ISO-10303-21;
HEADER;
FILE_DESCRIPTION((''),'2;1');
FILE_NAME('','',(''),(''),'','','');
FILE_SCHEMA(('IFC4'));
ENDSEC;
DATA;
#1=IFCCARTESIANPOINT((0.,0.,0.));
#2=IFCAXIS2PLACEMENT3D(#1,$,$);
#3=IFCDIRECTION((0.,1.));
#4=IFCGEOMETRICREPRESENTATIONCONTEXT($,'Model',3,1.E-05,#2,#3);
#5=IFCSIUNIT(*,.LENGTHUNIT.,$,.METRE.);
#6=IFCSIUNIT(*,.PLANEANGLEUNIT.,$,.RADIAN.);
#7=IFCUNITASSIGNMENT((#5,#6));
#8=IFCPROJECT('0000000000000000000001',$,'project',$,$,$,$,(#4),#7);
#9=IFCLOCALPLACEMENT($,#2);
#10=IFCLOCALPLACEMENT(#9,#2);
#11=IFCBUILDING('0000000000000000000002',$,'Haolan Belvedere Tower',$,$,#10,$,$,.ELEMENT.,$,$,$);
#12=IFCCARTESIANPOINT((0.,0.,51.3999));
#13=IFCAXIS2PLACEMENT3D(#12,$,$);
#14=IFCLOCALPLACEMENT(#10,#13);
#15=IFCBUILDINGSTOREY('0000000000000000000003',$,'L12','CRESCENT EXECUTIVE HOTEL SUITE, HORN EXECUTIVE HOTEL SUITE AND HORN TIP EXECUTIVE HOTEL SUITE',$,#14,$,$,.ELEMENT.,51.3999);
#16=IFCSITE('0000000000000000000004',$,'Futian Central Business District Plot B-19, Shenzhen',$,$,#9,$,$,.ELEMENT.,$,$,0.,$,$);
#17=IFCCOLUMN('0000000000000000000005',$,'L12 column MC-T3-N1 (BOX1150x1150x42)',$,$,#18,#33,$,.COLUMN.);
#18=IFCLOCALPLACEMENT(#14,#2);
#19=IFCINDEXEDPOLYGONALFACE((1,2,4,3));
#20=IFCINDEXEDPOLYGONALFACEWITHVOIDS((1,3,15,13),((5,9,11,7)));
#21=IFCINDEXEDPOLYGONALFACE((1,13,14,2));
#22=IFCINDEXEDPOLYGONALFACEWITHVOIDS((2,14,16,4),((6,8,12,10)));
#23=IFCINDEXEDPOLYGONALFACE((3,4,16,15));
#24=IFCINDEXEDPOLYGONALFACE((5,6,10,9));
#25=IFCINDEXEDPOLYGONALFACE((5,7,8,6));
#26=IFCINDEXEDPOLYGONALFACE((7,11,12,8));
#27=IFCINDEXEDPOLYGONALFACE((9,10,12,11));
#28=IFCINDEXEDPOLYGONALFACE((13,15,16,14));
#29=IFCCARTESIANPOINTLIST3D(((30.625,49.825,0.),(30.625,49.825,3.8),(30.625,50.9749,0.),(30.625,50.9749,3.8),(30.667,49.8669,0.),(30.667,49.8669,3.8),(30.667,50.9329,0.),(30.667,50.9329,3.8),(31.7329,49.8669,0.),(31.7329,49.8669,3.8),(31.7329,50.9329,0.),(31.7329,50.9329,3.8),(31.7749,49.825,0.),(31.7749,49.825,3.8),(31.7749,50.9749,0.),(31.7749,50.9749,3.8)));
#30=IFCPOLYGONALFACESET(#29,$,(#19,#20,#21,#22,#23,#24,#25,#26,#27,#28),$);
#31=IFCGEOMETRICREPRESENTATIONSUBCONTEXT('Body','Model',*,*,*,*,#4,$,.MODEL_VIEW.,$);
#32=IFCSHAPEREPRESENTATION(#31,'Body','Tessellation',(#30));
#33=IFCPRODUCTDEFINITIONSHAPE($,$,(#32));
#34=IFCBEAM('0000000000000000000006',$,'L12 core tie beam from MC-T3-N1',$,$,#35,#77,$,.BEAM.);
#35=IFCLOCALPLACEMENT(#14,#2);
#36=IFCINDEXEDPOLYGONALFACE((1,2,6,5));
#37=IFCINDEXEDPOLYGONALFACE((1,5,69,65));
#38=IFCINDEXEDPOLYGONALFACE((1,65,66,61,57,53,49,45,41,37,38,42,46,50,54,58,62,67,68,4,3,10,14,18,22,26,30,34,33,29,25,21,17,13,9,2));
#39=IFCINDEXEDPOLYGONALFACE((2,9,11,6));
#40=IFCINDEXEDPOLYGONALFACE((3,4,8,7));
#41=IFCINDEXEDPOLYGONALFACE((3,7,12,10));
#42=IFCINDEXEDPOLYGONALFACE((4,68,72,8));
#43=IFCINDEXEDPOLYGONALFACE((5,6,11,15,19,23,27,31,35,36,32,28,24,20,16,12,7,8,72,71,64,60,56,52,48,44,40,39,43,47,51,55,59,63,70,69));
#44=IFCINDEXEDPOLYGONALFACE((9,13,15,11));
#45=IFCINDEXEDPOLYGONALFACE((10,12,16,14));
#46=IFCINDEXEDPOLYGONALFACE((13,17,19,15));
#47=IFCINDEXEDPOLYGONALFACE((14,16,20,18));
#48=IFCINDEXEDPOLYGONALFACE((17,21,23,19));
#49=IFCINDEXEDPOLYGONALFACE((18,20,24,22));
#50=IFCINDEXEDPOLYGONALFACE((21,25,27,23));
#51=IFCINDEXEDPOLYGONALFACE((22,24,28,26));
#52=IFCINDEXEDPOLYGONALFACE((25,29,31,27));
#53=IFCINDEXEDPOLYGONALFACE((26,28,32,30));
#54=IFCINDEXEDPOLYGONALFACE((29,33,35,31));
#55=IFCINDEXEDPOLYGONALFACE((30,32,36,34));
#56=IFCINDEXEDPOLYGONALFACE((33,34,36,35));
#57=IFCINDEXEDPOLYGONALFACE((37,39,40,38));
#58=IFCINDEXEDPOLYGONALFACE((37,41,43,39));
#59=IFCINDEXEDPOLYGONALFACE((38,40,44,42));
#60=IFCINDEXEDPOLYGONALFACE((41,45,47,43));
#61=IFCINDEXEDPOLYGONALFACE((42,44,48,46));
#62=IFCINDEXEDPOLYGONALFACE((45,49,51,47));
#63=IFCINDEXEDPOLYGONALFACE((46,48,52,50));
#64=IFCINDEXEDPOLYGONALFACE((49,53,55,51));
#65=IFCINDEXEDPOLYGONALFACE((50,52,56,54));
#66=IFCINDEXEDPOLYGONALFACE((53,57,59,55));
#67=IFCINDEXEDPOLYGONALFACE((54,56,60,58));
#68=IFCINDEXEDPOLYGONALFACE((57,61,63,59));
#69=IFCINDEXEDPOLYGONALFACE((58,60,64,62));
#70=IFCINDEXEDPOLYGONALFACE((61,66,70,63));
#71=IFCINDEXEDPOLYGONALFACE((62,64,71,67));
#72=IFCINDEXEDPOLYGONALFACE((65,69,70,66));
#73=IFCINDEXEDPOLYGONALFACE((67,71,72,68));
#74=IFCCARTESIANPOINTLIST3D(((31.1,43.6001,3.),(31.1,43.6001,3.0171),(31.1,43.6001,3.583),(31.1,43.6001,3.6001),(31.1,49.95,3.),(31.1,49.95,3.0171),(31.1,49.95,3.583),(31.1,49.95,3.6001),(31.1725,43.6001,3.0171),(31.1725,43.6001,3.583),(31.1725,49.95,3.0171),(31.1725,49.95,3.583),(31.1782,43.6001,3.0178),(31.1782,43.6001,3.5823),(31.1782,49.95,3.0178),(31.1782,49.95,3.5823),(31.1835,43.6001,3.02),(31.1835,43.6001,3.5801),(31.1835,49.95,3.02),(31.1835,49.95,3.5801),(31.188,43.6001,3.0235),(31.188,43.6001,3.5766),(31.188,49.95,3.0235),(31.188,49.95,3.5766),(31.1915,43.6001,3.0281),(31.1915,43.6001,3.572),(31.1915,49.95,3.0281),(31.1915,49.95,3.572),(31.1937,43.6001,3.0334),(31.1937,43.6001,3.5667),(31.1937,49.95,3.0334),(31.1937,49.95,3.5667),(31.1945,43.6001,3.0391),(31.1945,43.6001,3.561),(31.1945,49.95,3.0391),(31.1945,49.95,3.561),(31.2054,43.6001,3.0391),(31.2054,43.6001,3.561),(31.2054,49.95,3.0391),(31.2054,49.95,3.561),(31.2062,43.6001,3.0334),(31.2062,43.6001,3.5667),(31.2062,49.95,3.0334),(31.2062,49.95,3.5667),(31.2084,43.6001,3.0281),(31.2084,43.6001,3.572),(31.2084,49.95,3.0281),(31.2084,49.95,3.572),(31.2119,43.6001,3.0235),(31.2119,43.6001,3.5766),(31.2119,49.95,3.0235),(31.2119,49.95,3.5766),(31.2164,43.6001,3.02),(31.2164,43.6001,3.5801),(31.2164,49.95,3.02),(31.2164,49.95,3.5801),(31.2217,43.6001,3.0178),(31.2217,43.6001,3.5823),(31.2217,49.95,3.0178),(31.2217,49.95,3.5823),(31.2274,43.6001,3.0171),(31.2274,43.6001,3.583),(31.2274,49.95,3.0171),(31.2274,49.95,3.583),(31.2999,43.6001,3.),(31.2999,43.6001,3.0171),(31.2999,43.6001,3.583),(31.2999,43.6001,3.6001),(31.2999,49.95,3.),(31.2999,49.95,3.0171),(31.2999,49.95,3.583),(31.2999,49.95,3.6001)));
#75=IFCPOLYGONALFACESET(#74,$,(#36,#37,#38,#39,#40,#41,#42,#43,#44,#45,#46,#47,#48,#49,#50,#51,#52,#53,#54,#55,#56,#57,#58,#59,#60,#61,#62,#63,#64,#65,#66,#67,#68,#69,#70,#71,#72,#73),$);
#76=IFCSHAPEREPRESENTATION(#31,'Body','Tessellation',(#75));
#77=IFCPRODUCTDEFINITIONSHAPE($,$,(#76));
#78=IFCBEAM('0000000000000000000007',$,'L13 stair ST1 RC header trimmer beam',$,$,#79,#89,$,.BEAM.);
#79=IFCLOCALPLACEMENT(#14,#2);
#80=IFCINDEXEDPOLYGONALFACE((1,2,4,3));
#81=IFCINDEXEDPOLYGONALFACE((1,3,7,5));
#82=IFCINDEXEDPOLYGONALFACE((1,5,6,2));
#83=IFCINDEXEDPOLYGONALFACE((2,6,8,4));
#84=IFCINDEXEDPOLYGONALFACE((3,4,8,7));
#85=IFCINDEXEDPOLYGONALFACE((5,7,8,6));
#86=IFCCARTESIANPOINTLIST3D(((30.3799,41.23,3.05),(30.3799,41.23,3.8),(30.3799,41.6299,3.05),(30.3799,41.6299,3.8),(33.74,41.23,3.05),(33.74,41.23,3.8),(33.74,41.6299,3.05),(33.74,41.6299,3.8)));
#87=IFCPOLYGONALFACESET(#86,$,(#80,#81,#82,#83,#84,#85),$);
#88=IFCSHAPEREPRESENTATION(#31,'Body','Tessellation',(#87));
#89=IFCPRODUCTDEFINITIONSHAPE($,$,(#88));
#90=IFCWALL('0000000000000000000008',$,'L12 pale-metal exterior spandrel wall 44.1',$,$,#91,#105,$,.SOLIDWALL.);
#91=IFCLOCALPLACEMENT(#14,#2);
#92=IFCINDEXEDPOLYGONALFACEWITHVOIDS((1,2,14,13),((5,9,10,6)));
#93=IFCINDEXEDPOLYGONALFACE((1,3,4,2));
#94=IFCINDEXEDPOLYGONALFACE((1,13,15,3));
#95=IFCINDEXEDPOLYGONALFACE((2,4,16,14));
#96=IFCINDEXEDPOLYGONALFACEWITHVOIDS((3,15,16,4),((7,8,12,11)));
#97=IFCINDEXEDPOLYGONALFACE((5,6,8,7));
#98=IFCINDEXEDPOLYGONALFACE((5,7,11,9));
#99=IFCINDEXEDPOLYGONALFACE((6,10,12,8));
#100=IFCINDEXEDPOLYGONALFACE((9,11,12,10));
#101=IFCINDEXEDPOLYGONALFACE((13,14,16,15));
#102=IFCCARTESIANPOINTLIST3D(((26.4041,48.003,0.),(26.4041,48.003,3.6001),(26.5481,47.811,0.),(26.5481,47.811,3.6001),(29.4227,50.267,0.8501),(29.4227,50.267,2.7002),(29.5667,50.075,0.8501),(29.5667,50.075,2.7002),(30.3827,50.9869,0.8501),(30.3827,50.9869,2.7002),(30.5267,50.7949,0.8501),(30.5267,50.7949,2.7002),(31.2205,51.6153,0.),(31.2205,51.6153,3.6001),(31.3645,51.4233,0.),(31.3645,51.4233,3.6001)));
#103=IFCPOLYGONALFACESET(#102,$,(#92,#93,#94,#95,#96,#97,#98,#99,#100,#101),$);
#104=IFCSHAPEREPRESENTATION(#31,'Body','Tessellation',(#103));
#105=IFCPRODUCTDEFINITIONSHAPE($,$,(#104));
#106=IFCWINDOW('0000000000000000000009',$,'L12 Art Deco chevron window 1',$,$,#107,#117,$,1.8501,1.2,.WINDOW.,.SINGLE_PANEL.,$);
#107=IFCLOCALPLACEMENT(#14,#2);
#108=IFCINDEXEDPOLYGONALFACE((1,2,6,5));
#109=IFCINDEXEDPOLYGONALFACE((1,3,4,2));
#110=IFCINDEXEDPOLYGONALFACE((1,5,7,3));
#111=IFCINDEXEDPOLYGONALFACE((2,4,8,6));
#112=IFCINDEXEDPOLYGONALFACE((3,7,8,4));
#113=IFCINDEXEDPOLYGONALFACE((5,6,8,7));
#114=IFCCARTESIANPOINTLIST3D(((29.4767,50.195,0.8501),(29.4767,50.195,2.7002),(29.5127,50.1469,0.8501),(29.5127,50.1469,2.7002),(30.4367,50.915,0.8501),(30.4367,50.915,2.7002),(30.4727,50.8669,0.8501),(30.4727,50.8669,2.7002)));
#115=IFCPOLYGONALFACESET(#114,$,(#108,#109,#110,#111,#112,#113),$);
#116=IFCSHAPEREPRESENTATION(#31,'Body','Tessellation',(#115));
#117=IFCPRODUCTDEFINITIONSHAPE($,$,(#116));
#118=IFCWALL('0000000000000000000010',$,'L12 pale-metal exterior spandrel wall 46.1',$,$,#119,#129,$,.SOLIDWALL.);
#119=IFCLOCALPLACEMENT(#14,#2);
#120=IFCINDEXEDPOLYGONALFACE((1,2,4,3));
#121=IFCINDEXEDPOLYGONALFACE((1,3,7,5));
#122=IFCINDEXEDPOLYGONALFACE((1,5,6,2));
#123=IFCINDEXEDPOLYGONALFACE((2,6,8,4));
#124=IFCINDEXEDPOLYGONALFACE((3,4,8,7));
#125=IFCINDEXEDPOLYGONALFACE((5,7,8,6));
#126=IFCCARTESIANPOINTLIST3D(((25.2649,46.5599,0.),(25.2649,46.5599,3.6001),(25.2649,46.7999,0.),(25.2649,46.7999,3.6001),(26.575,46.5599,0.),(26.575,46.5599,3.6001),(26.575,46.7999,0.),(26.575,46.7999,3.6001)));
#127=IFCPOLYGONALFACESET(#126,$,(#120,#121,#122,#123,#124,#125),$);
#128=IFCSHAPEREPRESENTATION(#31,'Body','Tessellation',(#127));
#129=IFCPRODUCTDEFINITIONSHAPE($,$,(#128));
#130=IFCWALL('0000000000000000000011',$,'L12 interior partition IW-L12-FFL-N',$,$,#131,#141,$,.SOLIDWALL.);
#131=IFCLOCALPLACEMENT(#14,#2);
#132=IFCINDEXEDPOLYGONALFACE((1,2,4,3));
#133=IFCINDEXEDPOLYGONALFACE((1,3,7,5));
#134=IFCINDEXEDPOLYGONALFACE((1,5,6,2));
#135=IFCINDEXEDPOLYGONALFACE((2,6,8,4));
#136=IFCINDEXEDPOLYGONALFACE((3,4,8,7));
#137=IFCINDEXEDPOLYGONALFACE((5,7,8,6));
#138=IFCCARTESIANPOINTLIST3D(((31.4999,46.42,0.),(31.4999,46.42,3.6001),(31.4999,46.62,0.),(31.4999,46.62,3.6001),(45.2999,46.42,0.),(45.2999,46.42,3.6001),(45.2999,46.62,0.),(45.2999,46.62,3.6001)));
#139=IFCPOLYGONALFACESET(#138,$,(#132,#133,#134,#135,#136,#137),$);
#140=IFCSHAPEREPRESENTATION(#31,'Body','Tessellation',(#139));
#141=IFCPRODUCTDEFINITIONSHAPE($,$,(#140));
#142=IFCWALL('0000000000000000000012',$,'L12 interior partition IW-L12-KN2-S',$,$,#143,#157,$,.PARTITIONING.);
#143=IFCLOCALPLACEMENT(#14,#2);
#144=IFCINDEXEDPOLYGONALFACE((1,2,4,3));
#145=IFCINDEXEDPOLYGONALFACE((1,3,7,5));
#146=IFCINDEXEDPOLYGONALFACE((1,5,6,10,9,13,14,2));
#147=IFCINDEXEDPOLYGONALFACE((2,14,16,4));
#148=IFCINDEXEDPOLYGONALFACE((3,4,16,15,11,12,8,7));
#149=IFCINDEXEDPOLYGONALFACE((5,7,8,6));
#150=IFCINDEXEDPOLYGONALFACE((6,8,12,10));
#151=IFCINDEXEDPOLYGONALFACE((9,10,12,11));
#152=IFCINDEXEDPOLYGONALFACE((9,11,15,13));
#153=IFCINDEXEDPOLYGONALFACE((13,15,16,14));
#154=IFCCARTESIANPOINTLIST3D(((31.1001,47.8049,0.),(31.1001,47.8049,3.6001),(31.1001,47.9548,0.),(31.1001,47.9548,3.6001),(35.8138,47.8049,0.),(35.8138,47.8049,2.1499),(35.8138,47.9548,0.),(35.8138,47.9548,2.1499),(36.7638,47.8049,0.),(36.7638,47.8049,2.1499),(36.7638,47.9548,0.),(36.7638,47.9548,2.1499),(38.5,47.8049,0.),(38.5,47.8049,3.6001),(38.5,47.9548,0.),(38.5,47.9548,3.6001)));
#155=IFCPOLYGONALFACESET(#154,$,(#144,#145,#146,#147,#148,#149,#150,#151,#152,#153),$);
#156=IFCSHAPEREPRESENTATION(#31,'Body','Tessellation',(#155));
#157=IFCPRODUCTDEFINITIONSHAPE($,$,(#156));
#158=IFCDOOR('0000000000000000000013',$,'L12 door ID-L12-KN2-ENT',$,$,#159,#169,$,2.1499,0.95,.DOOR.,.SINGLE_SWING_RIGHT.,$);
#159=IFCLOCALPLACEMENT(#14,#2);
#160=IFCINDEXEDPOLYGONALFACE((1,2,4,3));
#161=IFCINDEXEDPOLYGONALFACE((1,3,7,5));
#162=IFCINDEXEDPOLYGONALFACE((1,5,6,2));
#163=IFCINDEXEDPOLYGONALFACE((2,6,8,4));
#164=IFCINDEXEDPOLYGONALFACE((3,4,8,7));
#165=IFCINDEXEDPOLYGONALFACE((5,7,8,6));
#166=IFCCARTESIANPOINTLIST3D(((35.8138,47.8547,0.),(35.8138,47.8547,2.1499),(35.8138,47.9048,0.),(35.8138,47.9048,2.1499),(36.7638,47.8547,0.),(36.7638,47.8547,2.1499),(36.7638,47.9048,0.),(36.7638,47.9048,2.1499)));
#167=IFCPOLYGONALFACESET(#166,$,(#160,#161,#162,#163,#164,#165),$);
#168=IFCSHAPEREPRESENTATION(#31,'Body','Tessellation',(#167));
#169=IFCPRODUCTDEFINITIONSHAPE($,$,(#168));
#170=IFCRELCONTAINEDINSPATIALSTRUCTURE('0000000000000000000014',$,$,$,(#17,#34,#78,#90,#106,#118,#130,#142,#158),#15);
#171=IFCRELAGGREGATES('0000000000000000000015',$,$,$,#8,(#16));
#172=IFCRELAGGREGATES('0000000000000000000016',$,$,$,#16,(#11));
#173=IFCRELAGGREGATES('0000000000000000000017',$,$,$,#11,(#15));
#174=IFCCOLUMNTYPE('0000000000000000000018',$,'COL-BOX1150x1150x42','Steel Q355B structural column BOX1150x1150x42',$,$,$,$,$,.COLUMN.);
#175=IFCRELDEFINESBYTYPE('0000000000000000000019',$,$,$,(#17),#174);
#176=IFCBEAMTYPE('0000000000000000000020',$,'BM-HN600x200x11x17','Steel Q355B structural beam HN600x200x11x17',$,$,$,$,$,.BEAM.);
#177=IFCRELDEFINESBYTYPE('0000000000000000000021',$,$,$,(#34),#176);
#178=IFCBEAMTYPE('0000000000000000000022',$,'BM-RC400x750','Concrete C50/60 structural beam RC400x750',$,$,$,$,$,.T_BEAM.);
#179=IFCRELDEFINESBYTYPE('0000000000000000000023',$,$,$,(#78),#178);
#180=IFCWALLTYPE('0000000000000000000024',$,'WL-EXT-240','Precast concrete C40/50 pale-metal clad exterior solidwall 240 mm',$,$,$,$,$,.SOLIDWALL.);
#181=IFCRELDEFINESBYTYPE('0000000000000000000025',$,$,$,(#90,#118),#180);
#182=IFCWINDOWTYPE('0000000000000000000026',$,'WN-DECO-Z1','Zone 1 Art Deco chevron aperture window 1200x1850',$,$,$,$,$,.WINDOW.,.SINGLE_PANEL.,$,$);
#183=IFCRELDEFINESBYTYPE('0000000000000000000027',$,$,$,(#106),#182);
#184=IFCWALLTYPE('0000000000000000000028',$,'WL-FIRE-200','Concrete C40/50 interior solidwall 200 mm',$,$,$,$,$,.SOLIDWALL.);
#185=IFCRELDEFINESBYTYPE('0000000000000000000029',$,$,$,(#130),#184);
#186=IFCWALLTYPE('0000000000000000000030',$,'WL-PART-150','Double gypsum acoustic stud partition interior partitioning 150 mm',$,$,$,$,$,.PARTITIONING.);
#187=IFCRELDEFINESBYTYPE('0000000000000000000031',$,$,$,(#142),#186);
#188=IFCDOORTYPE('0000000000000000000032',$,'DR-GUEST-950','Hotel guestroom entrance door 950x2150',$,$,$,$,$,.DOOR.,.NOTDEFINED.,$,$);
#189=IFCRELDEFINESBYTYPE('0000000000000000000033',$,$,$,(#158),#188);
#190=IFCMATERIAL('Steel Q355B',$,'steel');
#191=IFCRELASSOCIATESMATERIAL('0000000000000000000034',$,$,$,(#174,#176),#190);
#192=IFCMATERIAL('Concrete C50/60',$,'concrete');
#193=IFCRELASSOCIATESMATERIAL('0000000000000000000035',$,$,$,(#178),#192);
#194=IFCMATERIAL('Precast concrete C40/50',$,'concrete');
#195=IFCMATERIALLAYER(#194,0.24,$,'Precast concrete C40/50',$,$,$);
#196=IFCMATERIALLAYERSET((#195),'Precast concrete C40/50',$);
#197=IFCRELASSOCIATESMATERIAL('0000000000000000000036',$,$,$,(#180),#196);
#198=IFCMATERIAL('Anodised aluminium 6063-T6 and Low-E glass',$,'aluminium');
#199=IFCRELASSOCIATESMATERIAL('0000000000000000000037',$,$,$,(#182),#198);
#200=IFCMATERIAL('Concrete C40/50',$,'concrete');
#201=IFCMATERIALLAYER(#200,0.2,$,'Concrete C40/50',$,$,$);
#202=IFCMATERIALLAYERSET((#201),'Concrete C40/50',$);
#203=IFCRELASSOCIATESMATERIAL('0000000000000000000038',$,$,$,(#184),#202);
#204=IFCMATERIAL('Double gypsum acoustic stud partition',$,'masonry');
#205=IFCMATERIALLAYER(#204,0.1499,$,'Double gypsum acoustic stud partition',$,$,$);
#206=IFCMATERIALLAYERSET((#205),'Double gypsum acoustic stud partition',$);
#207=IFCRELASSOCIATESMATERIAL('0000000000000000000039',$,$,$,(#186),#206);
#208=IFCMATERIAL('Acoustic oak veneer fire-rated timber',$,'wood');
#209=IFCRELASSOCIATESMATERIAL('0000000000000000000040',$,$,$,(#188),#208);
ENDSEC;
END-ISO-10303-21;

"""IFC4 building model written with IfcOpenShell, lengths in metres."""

from ifc_helpers import new_model, si_unit, direction, frame, frame_2d, origin, origin_2d, place, context, subcontext, project, spatial, rectangle, hollow_rectangle, i_section, extrude, material, layer, layer_set, material_profile, profile_set, type_object, element, fill, save


model = new_model("IFC4")

# Units and contexts
model_context = context("Model", 3, precision=1e-05, world=origin(), true_north=direction((0.0, 1.0)))
body_context = subcontext(model_context, "Body", "Model", "MODEL_VIEW")
ifc_project = project(units=[si_unit("LENGTHUNIT", "METRE"), si_unit("PLANEANGLEUNIT", "RADIAN")], contexts=[model_context])

# Site, building, storey
site_placement = place(None, origin())
site = spatial("IfcSite", under=ifc_project, at=site_placement, Name="Futian Central Business District Plot B-19, Shenzhen", CompositionType="ELEMENT", RefElevation=0.0)
building_placement = place(site_placement, origin())
building = spatial("IfcBuilding", under=site, at=building_placement, Name="Haolan Belvedere Tower", CompositionType="ELEMENT")
storey_placement = place(building_placement, frame((0.0, 0.0, 51.3999)))
storey = spatial("IfcBuildingStorey", under=building, at=storey_placement, Name="L12", Description="CRESCENT EXECUTIVE HOTEL SUITE, HORN EXECUTIVE HOTEL SUITE AND HORN TIP EXECUTIVE HOTEL SUITE", CompositionType="ELEMENT", Elevation=51.3999)

# Column
ifc_material_1 = material(Name="Steel Q355B", Category="steel")
ifc_material_profile_1 = material_profile(ifc_material_1, hollow_rectangle(XDim=1.1499, YDim=1.1499, WallThickness=0.042, at=origin_2d()), Name="Steel Q355B")
ifc_profile_set_1 = profile_set([ifc_material_profile_1], Name="Steel Q355B")
column_type = type_object("IfcColumnType", Name="COL-BOX1150x1150x42", Description="Steel Q355B structural column BOX1150x1150x42", PredefinedType="COLUMN", material=ifc_profile_set_1)
column_placement = place(storey_placement, frame((31.2, 50.3999, 0.0), z_axis=(0.0, 0.0, 1.0), x_axis=(1.0, 0.0, 0.0)))
element("IfcColumn", 1, at=column_placement, inside=storey, type_object=column_type, Name="L12 column MC-T3-N1 (BOX1150x1150x42)", PredefinedType="COLUMN", context=body_context, shape_type="SweptSolid", body=[
    extrude(hollow_rectangle(XDim=1.1499, YDim=1.1499, WallThickness=0.042, at=origin_2d()), origin(), (0.0, 0.0, 1.0), 3.8),
])

# Beams
ifc_material_profile_2 = material_profile(ifc_material_1, i_section(OverallWidth=0.2, OverallDepth=0.6001, WebThickness=0.011, FlangeThickness=0.0171, FilletRadius=0.022, at=origin_2d()), Name="Steel Q355B")
ifc_profile_set_2 = profile_set([ifc_material_profile_2], Name="Steel Q355B")
beam_type_1 = type_object("IfcBeamType", Name="BM-HN600x200x11x17", Description="Steel Q355B structural beam HN600x200x11x17", PredefinedType="BEAM", material=ifc_profile_set_2)
beam_1_placement = place(storey_placement, frame((31.2, 49.95, 3.3), z_axis=(0.0, -1.0, 0.0), x_axis=(1.0, 0.0, 0.0)))
element("IfcBeam", 2, at=beam_1_placement, inside=storey, type_object=beam_type_1, Name="L12 core tie beam from MC-T3-N1", PredefinedType="BEAM", context=body_context, shape_type="SweptSolid", body=[
    extrude(i_section(OverallWidth=0.2, OverallDepth=0.6001, WebThickness=0.011, FlangeThickness=0.0171, FilletRadius=0.022, at=origin_2d()), origin(), (0.0, 0.0, 1.0), 6.3499),
])
ifc_material_2 = material(Name="Concrete C50/60", Category="concrete")
ifc_material_profile_3 = material_profile(ifc_material_2, rectangle(XDim=0.3999, YDim=0.75, at=origin_2d()), Name="Concrete C50/60")
ifc_profile_set_3 = profile_set([ifc_material_profile_3], Name="Concrete C50/60")
beam_type_2 = type_object("IfcBeamType", Name="BM-RC400x750", Description="Concrete C50/60 structural beam RC400x750", PredefinedType="T_BEAM", material=ifc_profile_set_3)
beam_2_placement = place(storey_placement, frame((30.3799, 41.4299, 3.425), z_axis=(1.0, 0.0, 0.0), x_axis=(0.0, 1.0, 0.0)))
element("IfcBeam", 3, at=beam_2_placement, inside=storey, type_object=beam_type_2, Name="L13 stair ST1 RC header trimmer beam", PredefinedType="BEAM", context=body_context, shape_type="SweptSolid", body=[
    extrude(rectangle(XDim=0.3999, YDim=0.75, at=origin_2d()), origin(), (0.0, 0.0, 1.0), 3.3601),
])

# Wall, opening, window
ifc_material_3 = material(Name="Precast concrete C40/50", Category="concrete")
ifc_layer_1 = layer(ifc_material_3, 0.24, Name="Precast concrete C40/50")
ifc_layer_set_1 = layer_set([ifc_layer_1], Name="Precast concrete C40/50")
wall_type_1 = type_object("IfcWallType", Name="WL-EXT-240", Description="Precast concrete C40/50 pale-metal clad exterior solidwall 240 mm", PredefinedType="SOLIDWALL", material=ifc_layer_set_1)
wall_1_placement = place(storey_placement, frame((31.2925, 51.5193, 0.0), z_axis=(0.0, 0.0, 1.0), x_axis=(-0.8, -0.6, 0.0)))
wall_1 = element("IfcWall", 4, at=wall_1_placement, inside=storey, type_object=wall_type_1, Name="L12 pale-metal exterior spandrel wall 44.1", PredefinedType="SOLIDWALL", context=body_context, shape_type="SweptSolid", body=[
    extrude(rectangle(XDim=6.0205, YDim=0.24, at=frame_2d((3.0103, 0.0))), origin(), (0.0, 0.0, 1.0), 3.6001),
])
opening_1_placement = place(wall_1_placement, frame((1.0471, 0.0, 0.8501)))
opening_1 = element("IfcOpeningElement", 5, at=opening_1_placement, cuts=wall_1, PredefinedType="OPENING", context=body_context, shape_type="SweptSolid", body=[
    extrude(rectangle(XDim=1.2, YDim=1.8501, at=frame_2d((0.6001, 0.925))), frame((0.0, 0.1299, 0.0), z_axis=(0.0, -1.0, 0.0), x_axis=(1.0, 0.0, 0.0)), (0.0, 0.0, 1.0), 0.26),
])
ifc_material_4 = material(Name="Anodised aluminium 6063-T6 and Low-E glass", Category="aluminium")
window_type = type_object("IfcWindowType", Name="WN-DECO-Z1", Description="Zone 1 Art Deco chevron aperture window 1200x1850", PartitioningType="SINGLE_PANEL", PredefinedType="WINDOW", material=ifc_material_4)
window_placement = place(opening_1_placement, origin())
window = element("IfcWindow", 6, at=window_placement, inside=storey, type_object=window_type, Name="L12 Art Deco chevron window 1", OverallHeight=1.8501, OverallWidth=1.2, PartitioningType="SINGLE_PANEL", PredefinedType="WINDOW", context=body_context, shape_type="SweptSolid", body=[
    extrude(rectangle(XDim=1.2, YDim=1.8501, at=frame_2d((0.6001, 0.925))), frame((0.0, 0.03, 0.0), z_axis=(0.0, -1.0, 0.0), x_axis=(1.0, 0.0, 0.0)), (0.0, 0.0, 1.0), 0.0601),
])
fill(opening_1, window)

# Walls
wall_2_placement = place(storey_placement, frame((26.575, 46.6799, 0.0), z_axis=(0.0, 0.0, 1.0), x_axis=(-1.0, 0.0, 0.0)))
element("IfcWall", 7, at=wall_2_placement, inside=storey, type_object=wall_type_1, Name="L12 pale-metal exterior spandrel wall 46.1", PredefinedType="SOLIDWALL", context=body_context, shape_type="SweptSolid", body=[
    extrude(rectangle(XDim=1.3101, YDim=0.24, at=frame_2d((0.655, 0.0))), origin(), (0.0, 0.0, 1.0), 3.6001),
])
ifc_material_5 = material(Name="Concrete C40/50", Category="concrete")
ifc_layer_2 = layer(ifc_material_5, 0.2, Name="Concrete C40/50")
ifc_layer_set_2 = layer_set([ifc_layer_2], Name="Concrete C40/50")
wall_type_2 = type_object("IfcWallType", Name="WL-FIRE-200", Description="Concrete C40/50 interior solidwall 200 mm", PredefinedType="SOLIDWALL", material=ifc_layer_set_2)
wall_3_placement = place(storey_placement, frame((31.5, 46.52, 0.0), z_axis=(0.0, 0.0, 1.0), x_axis=(1.0, 0.0, 0.0)))
element("IfcWall", 8, at=wall_3_placement, inside=storey, type_object=wall_type_2, Name="L12 interior partition IW-L12-FFL-N", PredefinedType="SOLIDWALL", context=body_context, shape_type="SweptSolid", body=[
    extrude(rectangle(XDim=13.8, YDim=0.2, at=frame_2d((6.8999, 0.0))), origin(), (0.0, 0.0, 1.0), 3.6001),
])

# Wall, opening, door
ifc_material_6 = material(Name="Double gypsum acoustic stud partition", Category="masonry")
ifc_layer_3 = layer(ifc_material_6, 0.1499, Name="Double gypsum acoustic stud partition")
ifc_layer_set_3 = layer_set([ifc_layer_3], Name="Double gypsum acoustic stud partition")
wall_type_3 = type_object("IfcWallType", Name="WL-PART-150", Description="Double gypsum acoustic stud partition interior partitioning 150 mm", PredefinedType="PARTITIONING", material=ifc_layer_set_3)
wall_4_placement = place(storey_placement, frame((31.1001, 47.8799, 0.0), z_axis=(0.0, 0.0, 1.0), x_axis=(1.0, 0.0, 0.0)))
wall_4 = element("IfcWall", 9, at=wall_4_placement, inside=storey, type_object=wall_type_3, Name="L12 interior partition IW-L12-KN2-S", PredefinedType="PARTITIONING", context=body_context, shape_type="SweptSolid", body=[
    extrude(rectangle(XDim=7.3999, YDim=0.1499, at=frame_2d((3.7, 0.0))), origin(), (0.0, 0.0, 1.0), 3.6001),
])
opening_2_placement = place(wall_4_placement, frame((4.7136, 0.0, 0.0)))
opening_2 = element("IfcOpeningElement", 10, at=opening_2_placement, cuts=wall_4, PredefinedType="OPENING", context=body_context, shape_type="SweptSolid", body=[
    extrude(rectangle(XDim=0.95, YDim=2.1499, at=frame_2d((0.4751, 1.075))), frame((0.0, 0.085, 0.0), z_axis=(0.0, -1.0, 0.0), x_axis=(1.0, 0.0, 0.0)), (0.0, 0.0, 1.0), 0.1699),
])
ifc_material_7 = material(Name="Acoustic oak veneer fire-rated timber", Category="wood")
door_type_1 = type_object("IfcDoorType", Name="DR-GUEST-950", Description="Hotel guestroom entrance door 950x2150", OperationType="NOTDEFINED", PredefinedType="DOOR", material=ifc_material_7)
door_1_placement = place(opening_2_placement, origin())
door_1 = element("IfcDoor", 11, at=door_1_placement, inside=storey, type_object=door_type_1, Name="L12 door ID-L12-KN2-ENT", OperationType="SINGLE_SWING_RIGHT", OverallHeight=2.1499, OverallWidth=0.95, PredefinedType="DOOR", context=body_context, shape_type="SweptSolid", body=[
    extrude(rectangle(XDim=0.95, YDim=2.1499, at=frame_2d((0.4751, 1.075))), frame((0.0, 0.0249, 0.0), z_axis=(0.0, -1.0, 0.0), x_axis=(1.0, 0.0, 0.0)), (0.0, 0.0, 1.0), 0.05),
])
fill(opening_2, door_1)

save(model, "model.ifc")
